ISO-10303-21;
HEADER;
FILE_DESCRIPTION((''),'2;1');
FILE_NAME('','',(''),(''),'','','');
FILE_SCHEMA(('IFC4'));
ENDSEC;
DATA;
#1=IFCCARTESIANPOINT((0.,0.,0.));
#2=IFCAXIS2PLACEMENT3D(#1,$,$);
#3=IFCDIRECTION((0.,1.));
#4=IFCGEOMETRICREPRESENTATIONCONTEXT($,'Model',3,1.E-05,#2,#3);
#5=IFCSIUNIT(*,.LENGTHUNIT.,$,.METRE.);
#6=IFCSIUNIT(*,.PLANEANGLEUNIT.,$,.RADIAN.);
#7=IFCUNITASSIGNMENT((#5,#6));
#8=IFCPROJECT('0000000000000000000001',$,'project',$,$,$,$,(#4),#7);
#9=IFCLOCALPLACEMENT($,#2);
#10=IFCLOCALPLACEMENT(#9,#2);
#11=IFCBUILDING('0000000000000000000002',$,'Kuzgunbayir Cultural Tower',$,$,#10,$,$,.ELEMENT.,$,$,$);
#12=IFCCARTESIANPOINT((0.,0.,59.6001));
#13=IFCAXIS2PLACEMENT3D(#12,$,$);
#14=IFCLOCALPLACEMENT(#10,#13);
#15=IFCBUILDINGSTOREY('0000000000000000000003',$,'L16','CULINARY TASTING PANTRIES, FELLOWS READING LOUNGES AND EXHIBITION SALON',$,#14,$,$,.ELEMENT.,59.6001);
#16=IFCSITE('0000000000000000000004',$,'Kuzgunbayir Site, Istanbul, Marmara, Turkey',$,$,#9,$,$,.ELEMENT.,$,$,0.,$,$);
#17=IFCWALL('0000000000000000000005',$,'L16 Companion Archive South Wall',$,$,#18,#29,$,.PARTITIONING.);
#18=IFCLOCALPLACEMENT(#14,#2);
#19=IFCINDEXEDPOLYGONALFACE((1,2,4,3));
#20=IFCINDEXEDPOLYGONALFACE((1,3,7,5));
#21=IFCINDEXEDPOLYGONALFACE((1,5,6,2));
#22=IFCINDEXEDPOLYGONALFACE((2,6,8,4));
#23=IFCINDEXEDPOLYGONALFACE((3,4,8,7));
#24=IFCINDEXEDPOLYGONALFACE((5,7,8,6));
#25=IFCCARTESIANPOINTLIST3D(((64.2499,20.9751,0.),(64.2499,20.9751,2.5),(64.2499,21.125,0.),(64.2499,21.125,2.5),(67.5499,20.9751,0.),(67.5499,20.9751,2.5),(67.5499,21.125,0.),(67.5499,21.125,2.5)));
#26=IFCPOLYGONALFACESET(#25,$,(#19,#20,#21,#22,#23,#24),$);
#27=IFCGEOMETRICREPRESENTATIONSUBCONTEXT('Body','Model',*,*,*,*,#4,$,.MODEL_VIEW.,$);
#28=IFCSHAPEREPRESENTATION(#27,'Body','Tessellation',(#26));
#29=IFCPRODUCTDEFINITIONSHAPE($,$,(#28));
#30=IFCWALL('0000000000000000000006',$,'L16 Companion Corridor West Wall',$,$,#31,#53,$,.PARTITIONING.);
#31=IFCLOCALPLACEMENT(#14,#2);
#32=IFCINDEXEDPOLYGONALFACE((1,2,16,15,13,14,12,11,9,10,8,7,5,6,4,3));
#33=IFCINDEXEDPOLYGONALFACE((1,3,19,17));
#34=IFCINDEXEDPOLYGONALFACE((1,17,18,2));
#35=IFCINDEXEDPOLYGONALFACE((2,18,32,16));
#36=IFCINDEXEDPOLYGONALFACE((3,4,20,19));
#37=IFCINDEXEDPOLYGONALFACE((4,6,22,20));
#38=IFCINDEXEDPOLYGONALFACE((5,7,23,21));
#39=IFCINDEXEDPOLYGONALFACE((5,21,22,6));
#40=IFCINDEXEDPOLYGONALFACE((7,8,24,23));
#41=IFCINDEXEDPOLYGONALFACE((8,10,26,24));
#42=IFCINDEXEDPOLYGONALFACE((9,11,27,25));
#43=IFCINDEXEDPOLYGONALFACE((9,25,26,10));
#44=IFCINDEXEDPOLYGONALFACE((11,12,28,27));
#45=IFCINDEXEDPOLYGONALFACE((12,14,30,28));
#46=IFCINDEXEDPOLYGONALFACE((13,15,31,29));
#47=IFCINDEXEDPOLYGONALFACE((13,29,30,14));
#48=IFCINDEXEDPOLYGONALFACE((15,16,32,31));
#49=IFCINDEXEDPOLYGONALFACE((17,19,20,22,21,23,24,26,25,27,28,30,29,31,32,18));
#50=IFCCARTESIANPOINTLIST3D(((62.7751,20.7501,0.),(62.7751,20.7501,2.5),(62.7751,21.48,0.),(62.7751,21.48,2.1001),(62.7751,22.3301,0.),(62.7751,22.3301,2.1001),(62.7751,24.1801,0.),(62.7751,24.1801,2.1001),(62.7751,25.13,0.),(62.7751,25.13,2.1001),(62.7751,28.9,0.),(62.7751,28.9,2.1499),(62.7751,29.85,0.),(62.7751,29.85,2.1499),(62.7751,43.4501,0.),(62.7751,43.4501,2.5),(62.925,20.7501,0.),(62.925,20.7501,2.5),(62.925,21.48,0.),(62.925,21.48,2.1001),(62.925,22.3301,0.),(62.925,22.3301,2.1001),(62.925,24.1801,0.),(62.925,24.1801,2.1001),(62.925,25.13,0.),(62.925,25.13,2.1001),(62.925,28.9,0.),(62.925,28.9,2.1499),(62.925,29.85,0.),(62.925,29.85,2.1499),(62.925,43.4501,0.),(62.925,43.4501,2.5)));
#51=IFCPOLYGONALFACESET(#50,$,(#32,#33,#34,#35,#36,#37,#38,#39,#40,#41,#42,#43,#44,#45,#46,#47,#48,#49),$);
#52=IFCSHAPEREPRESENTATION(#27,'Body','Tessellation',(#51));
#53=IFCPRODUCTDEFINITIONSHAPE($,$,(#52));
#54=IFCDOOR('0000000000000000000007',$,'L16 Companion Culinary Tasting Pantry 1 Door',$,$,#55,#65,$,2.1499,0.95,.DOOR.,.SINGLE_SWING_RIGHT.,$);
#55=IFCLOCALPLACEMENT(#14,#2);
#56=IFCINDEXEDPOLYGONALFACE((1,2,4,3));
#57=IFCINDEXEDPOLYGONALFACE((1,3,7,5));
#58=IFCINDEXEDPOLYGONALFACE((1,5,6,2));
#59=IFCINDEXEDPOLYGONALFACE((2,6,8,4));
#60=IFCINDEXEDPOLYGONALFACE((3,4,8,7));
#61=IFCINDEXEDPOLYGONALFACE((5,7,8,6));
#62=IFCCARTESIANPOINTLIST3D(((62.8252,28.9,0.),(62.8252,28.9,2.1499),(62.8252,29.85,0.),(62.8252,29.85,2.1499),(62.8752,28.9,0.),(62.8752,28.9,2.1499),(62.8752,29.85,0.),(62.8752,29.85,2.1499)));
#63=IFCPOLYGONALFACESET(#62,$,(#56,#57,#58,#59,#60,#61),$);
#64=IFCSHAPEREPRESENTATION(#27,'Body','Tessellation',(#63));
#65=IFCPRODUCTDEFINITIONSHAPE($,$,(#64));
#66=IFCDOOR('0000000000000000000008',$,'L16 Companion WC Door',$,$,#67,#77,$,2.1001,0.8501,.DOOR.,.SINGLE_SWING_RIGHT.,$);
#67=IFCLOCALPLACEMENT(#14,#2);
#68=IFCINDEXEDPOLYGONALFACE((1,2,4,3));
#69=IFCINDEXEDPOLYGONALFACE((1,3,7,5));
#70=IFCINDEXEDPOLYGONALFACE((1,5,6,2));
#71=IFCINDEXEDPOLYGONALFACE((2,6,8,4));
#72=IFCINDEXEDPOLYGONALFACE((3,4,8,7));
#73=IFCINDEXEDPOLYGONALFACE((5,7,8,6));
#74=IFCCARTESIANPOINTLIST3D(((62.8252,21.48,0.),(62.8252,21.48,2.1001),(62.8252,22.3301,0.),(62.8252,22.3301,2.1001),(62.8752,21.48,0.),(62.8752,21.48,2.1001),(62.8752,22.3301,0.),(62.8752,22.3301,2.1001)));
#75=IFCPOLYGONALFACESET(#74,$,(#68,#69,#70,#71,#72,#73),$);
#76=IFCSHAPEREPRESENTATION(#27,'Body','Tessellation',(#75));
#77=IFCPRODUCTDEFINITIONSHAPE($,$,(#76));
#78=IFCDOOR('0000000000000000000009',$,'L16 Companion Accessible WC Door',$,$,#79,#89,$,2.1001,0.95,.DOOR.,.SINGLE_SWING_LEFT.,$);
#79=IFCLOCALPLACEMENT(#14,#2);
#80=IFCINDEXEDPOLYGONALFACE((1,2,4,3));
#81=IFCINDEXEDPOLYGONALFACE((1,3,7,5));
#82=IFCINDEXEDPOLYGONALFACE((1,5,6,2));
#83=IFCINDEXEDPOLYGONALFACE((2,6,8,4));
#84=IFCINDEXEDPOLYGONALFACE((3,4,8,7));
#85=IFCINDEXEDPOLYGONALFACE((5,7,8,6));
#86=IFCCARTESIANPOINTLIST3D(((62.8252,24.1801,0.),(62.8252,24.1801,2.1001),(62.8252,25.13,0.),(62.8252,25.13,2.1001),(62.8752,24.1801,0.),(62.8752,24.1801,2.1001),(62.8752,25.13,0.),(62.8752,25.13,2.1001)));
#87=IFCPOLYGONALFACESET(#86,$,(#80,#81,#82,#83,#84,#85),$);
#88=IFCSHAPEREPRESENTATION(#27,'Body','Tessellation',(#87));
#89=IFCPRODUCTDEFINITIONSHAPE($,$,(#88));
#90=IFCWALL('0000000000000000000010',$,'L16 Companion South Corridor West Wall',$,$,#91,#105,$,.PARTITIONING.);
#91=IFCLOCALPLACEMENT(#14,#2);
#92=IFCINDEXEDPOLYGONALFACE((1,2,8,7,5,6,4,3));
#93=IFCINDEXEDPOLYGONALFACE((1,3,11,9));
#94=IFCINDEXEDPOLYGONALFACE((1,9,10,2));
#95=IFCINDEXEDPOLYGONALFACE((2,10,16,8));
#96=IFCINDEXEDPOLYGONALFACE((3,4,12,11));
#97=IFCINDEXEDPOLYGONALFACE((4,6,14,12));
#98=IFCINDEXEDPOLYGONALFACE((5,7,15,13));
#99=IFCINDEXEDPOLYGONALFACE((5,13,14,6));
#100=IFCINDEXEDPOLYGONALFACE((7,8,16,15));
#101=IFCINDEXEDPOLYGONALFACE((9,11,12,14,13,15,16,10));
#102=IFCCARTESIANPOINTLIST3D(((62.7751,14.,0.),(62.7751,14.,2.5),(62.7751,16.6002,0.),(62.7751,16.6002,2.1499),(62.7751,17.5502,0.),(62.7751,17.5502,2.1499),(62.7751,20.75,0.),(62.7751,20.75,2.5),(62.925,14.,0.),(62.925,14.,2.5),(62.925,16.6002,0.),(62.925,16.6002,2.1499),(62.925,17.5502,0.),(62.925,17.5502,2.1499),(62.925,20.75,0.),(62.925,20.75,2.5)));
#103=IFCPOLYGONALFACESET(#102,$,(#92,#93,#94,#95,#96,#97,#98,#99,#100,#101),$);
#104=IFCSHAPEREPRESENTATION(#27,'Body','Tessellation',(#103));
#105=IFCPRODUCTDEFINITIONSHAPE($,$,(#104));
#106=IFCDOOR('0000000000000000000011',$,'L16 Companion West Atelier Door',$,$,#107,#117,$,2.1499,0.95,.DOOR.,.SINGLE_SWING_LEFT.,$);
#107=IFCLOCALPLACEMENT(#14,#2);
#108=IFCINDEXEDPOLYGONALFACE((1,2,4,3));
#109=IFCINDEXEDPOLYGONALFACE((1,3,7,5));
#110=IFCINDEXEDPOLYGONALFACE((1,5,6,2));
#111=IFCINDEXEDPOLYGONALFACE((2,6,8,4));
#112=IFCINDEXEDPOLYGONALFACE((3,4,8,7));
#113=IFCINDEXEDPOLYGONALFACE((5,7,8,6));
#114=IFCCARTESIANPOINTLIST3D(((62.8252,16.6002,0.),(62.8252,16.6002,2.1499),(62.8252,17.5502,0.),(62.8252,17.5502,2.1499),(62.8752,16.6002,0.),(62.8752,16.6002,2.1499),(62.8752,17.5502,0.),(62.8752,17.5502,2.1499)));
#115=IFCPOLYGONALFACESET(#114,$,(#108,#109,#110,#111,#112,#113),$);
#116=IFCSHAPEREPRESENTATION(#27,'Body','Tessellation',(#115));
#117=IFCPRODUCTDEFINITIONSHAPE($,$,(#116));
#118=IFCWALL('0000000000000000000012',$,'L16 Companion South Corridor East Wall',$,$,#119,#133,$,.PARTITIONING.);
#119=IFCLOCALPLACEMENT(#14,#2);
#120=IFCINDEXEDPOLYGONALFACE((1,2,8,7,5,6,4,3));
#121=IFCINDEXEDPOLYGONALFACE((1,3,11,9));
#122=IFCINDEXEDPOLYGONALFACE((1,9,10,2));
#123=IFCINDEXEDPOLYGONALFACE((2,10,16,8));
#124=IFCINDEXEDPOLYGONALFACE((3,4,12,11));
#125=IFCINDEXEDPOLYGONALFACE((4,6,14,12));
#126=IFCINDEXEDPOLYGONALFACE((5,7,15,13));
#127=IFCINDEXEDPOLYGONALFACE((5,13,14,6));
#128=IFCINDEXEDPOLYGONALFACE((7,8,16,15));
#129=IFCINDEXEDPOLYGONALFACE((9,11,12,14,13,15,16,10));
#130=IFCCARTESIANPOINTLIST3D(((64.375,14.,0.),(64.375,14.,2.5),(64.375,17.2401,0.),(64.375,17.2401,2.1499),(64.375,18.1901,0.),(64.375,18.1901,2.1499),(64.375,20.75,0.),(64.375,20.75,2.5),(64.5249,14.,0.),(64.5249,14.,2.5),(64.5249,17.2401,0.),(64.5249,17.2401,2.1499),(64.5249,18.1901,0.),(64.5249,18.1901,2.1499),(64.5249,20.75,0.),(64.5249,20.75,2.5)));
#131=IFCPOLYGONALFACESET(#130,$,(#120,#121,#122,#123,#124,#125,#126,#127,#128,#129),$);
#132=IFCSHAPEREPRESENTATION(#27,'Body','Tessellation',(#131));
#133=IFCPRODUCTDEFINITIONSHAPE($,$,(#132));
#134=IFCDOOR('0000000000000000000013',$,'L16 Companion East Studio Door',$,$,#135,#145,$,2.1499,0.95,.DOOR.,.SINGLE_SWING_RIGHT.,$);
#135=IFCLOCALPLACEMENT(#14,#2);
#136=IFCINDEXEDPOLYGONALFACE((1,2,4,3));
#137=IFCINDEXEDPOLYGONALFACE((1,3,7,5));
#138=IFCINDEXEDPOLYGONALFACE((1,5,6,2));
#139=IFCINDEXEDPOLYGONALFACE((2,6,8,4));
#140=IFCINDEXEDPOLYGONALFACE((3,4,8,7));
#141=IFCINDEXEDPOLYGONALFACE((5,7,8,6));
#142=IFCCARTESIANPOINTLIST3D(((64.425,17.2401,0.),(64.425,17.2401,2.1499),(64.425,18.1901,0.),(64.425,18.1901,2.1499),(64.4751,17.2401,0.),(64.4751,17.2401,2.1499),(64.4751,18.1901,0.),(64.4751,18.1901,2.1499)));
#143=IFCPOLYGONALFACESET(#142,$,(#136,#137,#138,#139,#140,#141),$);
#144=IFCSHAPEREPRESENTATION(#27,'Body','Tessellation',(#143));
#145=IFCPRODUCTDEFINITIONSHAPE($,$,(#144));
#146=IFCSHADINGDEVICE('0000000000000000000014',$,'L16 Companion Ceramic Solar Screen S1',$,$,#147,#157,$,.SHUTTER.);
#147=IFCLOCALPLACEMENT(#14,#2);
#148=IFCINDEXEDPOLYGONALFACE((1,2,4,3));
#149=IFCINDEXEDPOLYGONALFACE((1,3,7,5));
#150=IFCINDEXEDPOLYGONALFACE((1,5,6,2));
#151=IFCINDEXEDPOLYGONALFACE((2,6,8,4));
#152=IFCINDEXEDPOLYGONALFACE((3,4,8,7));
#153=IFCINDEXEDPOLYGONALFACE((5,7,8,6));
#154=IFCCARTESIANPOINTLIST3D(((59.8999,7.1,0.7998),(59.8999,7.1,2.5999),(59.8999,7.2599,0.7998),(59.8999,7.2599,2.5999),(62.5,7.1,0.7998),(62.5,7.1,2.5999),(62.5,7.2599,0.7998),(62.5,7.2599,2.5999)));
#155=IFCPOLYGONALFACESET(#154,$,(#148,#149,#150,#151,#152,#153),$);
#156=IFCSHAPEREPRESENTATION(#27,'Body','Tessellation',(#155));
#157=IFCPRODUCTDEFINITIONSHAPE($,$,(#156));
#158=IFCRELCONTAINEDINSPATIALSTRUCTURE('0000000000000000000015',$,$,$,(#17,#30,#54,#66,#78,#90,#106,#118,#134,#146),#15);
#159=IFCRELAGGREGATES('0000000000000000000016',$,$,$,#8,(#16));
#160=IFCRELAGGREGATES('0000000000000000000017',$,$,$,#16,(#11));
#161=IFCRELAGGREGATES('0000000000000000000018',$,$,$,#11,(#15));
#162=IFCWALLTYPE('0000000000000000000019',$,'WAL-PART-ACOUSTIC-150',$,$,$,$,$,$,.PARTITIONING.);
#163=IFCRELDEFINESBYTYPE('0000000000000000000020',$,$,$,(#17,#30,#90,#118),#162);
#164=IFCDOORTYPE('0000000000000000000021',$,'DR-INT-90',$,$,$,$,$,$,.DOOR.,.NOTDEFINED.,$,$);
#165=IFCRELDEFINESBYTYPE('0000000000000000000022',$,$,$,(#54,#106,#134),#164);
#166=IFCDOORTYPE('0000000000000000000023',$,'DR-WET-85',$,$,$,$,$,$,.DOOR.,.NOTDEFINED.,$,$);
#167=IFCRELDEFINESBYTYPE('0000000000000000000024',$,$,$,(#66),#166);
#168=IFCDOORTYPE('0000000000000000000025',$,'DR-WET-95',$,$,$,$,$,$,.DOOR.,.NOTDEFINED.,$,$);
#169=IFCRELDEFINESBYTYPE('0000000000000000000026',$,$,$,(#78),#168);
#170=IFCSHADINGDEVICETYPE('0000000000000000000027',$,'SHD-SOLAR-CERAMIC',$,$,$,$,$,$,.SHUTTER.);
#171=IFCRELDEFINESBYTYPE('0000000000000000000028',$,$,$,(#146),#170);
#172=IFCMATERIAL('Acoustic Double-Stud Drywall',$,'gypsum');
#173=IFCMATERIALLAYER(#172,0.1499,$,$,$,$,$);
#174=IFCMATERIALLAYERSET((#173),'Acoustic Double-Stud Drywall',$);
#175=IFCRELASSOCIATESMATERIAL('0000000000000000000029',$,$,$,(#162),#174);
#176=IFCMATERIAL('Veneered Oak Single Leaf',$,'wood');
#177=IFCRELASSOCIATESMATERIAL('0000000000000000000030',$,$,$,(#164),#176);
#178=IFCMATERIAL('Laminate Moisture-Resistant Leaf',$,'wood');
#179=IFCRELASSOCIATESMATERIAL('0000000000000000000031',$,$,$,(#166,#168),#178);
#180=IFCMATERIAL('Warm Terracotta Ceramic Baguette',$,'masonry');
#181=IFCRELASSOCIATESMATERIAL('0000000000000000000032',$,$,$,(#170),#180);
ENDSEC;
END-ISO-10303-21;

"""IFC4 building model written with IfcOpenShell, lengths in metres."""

from ifc_helpers import new_model, si_unit, direction, frame, frame_2d, origin, origin_2d, place, context, subcontext, project, spatial, rectangle, extrude, material, layer, layer_set, type_object, element, fill, save


model = new_model("IFC4")

# Units and contexts
model_context = context("Model", 3, precision=1e-05, world=origin(), true_north=direction((0.0, 1.0)))
body_context = subcontext(model_context, "Body", "Model", "MODEL_VIEW")
ifc_project = project(units=[si_unit("LENGTHUNIT", "METRE"), si_unit("PLANEANGLEUNIT", "RADIAN")], contexts=[model_context])

# Site, building, storey
site_placement = place(None, origin())
site = spatial("IfcSite", under=ifc_project, at=site_placement, Name="Kuzgunbayir Site, Istanbul, Marmara, Turkey", CompositionType="ELEMENT", RefElevation=0.0)
building_placement = place(site_placement, origin())
building = spatial("IfcBuilding", under=site, at=building_placement, Name="Kuzgunbayir Cultural Tower", CompositionType="ELEMENT")
storey_placement = place(building_placement, frame((0.0, 0.0, 59.6001)))
storey = spatial("IfcBuildingStorey", under=building, at=storey_placement, Name="L16", Description="CULINARY TASTING PANTRIES, FELLOWS READING LOUNGES AND EXHIBITION SALON", CompositionType="ELEMENT", Elevation=59.6001)

# Shared definitions
ifc_material_1 = material(Name="Acoustic Double-Stud Drywall", Category="gypsum")
ifc_layer_1 = layer(ifc_material_1, 0.1499)
ifc_layer_set_1 = layer_set([ifc_layer_1], Name="Acoustic Double-Stud Drywall")
wall_type_1 = type_object("IfcWallType", Name="WAL-PART-ACOUSTIC-150", PredefinedType="PARTITIONING", material=ifc_layer_set_1)
ifc_material_2 = material(Name="Veneered Oak Single Leaf", Category="wood")
door_type_1 = type_object("IfcDoorType", Name="DR-INT-90", OperationType="NOTDEFINED", PredefinedType="DOOR", material=ifc_material_2)

# Wall
wall_1_placement = place(storey_placement, frame((64.25, 21.05, 0.0), z_axis=(0.0, 0.0, 1.0), x_axis=(1.0, 0.0, 0.0)))
element("IfcWall", 1, at=wall_1_placement, inside=storey, type_object=wall_type_1, Name="L16 Companion Archive South Wall", PredefinedType="PARTITIONING", context=body_context, shape_type="SweptSolid", body=[
    extrude(rectangle(XDim=3.3, YDim=0.1499, at=frame_2d((1.6499, 0.0))), origin(), (0.0, 0.0, 1.0), 2.5),
])

# Wall, openings, doors
wall_2_placement = place(storey_placement, frame((62.8501, 20.75, 0.0), z_axis=(0.0, 0.0, 1.0), x_axis=(0.0, 1.0, 0.0)))
wall_2 = element("IfcWall", 2, at=wall_2_placement, inside=storey, type_object=wall_type_1, Name="L16 Companion Corridor West Wall", PredefinedType="PARTITIONING", context=body_context, shape_type="SweptSolid", body=[
    extrude(rectangle(XDim=22.7, YDim=0.1499, at=frame_2d((11.3501, 0.0))), origin(), (0.0, 0.0, 1.0), 2.5),
])
opening_1_placement = place(wall_2_placement, frame((0.73, 0.0, 0.0)))
opening_1 = element("IfcOpeningElement", 3, at=opening_1_placement, cuts=wall_2, PredefinedType="OPENING", context=body_context, shape_type="SweptSolid", body=[
    extrude(rectangle(XDim=0.8501, YDim=2.1001, at=frame_2d((0.425, 1.05))), frame((0.0, 0.085, 0.0), z_axis=(0.0, -1.0, 0.0), x_axis=(1.0, 0.0, 0.0)), (0.0, 0.0, 1.0), 0.1699),
])
opening_2_placement = place(wall_2_placement, frame((3.4299, 0.0, 0.0)))
opening_2 = element("IfcOpeningElement", 4, at=opening_2_placement, cuts=wall_2, PredefinedType="OPENING", context=body_context, shape_type="SweptSolid", body=[
    extrude(rectangle(XDim=0.95, YDim=2.1001, at=frame_2d((0.4751, 1.05))), frame((0.0, 0.085, 0.0), z_axis=(0.0, -1.0, 0.0), x_axis=(1.0, 0.0, 0.0)), (0.0, 0.0, 1.0), 0.1699),
])
opening_3_placement = place(wall_2_placement, frame((8.1499, 0.0, 0.0)))
opening_3 = element("IfcOpeningElement", 5, at=opening_3_placement, cuts=wall_2, PredefinedType="OPENING", context=body_context, shape_type="SweptSolid", body=[
    extrude(rectangle(XDim=0.95, YDim=2.1499, at=frame_2d((0.4751, 1.075))), frame((0.0, 0.085, 0.0), z_axis=(0.0, -1.0, 0.0), x_axis=(1.0, 0.0, 0.0)), (0.0, 0.0, 1.0), 0.1699),
])
door_1_placement = place(opening_3_placement, origin())
door_1 = element("IfcDoor", 6, at=door_1_placement, inside=storey, type_object=door_type_1, Name="L16 Companion Culinary Tasting Pantry 1 Door", OperationType="SINGLE_SWING_RIGHT", OverallHeight=2.1499, OverallWidth=0.95, PredefinedType="DOOR", context=body_context, shape_type="SweptSolid", body=[
    extrude(rectangle(XDim=0.95, YDim=2.1499, at=frame_2d((0.4751, 1.075))), frame((0.0, 0.0249, 0.0), z_axis=(0.0, -1.0, 0.0), x_axis=(1.0, 0.0, 0.0)), (0.0, 0.0, 1.0), 0.05),
])
fill(opening_3, door_1)
ifc_material_3 = material(Name="Laminate Moisture-Resistant Leaf", Category="wood")
door_type_2 = type_object("IfcDoorType", Name="DR-WET-85", OperationType="NOTDEFINED", PredefinedType="DOOR", material=ifc_material_3)
door_2_placement = place(opening_1_placement, origin())
door_2 = element("IfcDoor", 7, at=door_2_placement, inside=storey, type_object=door_type_2, Name="L16 Companion WC Door", OperationType="SINGLE_SWING_RIGHT", OverallHeight=2.1001, OverallWidth=0.8501, PredefinedType="DOOR", context=body_context, shape_type="SweptSolid", body=[
    extrude(rectangle(XDim=0.8501, YDim=2.1001, at=frame_2d((0.425, 1.05))), frame((0.0, 0.0249, 0.0), z_axis=(0.0, -1.0, 0.0), x_axis=(1.0, 0.0, 0.0)), (0.0, 0.0, 1.0), 0.05),
])
fill(opening_1, door_2)
door_type_3 = type_object("IfcDoorType", Name="DR-WET-95", OperationType="NOTDEFINED", PredefinedType="DOOR", material=ifc_material_3)
door_3_placement = place(opening_2_placement, origin())
door_3 = element("IfcDoor", 8, at=door_3_placement, inside=storey, type_object=door_type_3, Name="L16 Companion Accessible WC Door", OperationType="SINGLE_SWING_LEFT", OverallHeight=2.1001, OverallWidth=0.95, PredefinedType="DOOR", context=body_context, shape_type="SweptSolid", body=[
    extrude(rectangle(XDim=0.95, YDim=2.1001, at=frame_2d((0.4751, 1.05))), frame((0.0, 0.0249, 0.0), z_axis=(0.0, -1.0, 0.0), x_axis=(1.0, 0.0, 0.0)), (0.0, 0.0, 1.0), 0.05),
])
fill(opening_2, door_3)

# Walls, openings, doors
wall_3_placement = place(storey_placement, frame((62.8501, 14.0, 0.0), z_axis=(0.0, 0.0, 1.0), x_axis=(0.0, 1.0, 0.0)))
wall_3 = element("IfcWall", 9, at=wall_3_placement, inside=storey, type_object=wall_type_1, Name="L16 Companion South Corridor West Wall", PredefinedType="PARTITIONING", context=body_context, shape_type="SweptSolid", body=[
    extrude(rectangle(XDim=6.75, YDim=0.1499, at=frame_2d((3.375, 0.0))), origin(), (0.0, 0.0, 1.0), 2.5),
])
opening_4_placement = place(wall_3_placement, frame((2.6001, 0.0, 0.0)))
opening_4 = element("IfcOpeningElement", 10, at=opening_4_placement, cuts=wall_3, PredefinedType="OPENING", context=body_context, shape_type="SweptSolid", body=[
    extrude(rectangle(XDim=0.95, YDim=2.1499, at=frame_2d((0.4751, 1.075))), frame((0.0, 0.085, 0.0), z_axis=(0.0, -1.0, 0.0), x_axis=(1.0, 0.0, 0.0)), (0.0, 0.0, 1.0), 0.1699),
])
door_4_placement = place(opening_4_placement, origin())
door_4 = element("IfcDoor", 11, at=door_4_placement, inside=storey, type_object=door_type_1, Name="L16 Companion West Atelier Door", OperationType="SINGLE_SWING_LEFT", OverallHeight=2.1499, OverallWidth=0.95, PredefinedType="DOOR", context=body_context, shape_type="SweptSolid", body=[
    extrude(rectangle(XDim=0.95, YDim=2.1499, at=frame_2d((0.4751, 1.075))), frame((0.0, 0.0249, 0.0), z_axis=(0.0, -1.0, 0.0), x_axis=(1.0, 0.0, 0.0)), (0.0, 0.0, 1.0), 0.05),
])
fill(opening_4, door_4)
wall_4_placement = place(storey_placement, frame((64.45, 14.0, 0.0), z_axis=(0.0, 0.0, 1.0), x_axis=(0.0, 1.0, 0.0)))
wall_4 = element("IfcWall", 12, at=wall_4_placement, inside=storey, type_object=wall_type_1, Name="L16 Companion South Corridor East Wall", PredefinedType="PARTITIONING", context=body_context, shape_type="SweptSolid", body=[
    extrude(rectangle(XDim=6.75, YDim=0.1499, at=frame_2d((3.375, 0.0))), origin(), (0.0, 0.0, 1.0), 2.5),
])
opening_5_placement = place(wall_4_placement, frame((3.24, 0.0, 0.0)))
opening_5 = element("IfcOpeningElement", 13, at=opening_5_placement, cuts=wall_4, PredefinedType="OPENING", context=body_context, shape_type="SweptSolid", body=[
    extrude(rectangle(XDim=0.95, YDim=2.1499, at=frame_2d((0.4751, 1.075))), frame((0.0, 0.085, 0.0), z_axis=(0.0, -1.0, 0.0), x_axis=(1.0, 0.0, 0.0)), (0.0, 0.0, 1.0), 0.1699),
])
door_5_placement = place(opening_5_placement, origin())
door_5 = element("IfcDoor", 14, at=door_5_placement, inside=storey, type_object=door_type_1, Name="L16 Companion East Studio Door", OperationType="SINGLE_SWING_RIGHT", OverallHeight=2.1499, OverallWidth=0.95, PredefinedType="DOOR", context=body_context, shape_type="SweptSolid", body=[
    extrude(rectangle(XDim=0.95, YDim=2.1499, at=frame_2d((0.4751, 1.075))), frame((0.0, 0.0249, 0.0), z_axis=(0.0, -1.0, 0.0), x_axis=(1.0, 0.0, 0.0)), (0.0, 0.0, 1.0), 0.05),
])
fill(opening_5, door_5)

# Shading device
ifc_material_4 = material(Name="Warm Terracotta Ceramic Baguette", Category="masonry")
shading_device_type = type_object("IfcShadingDeviceType", Name="SHD-SOLAR-CERAMIC", PredefinedType="SHUTTER", material=ifc_material_4)
shading_device_placement = place(storey_placement, frame((61.2, 7.1799, 0.7998), z_axis=(0.0, 0.0, 1.0), x_axis=(1.0, 0.0, 0.0)))
element("IfcShadingDevice", 15, at=shading_device_placement, inside=storey, type_object=shading_device_type, Name="L16 Companion Ceramic Solar Screen S1", PredefinedType="SHUTTER", context=body_context, shape_type="SweptSolid", body=[
    extrude(rectangle(XDim=2.6001, YDim=0.1599, at=origin_2d()), origin(), (0.0, 0.0, 1.0), 1.8),
])

save(model, "model.ifc")
